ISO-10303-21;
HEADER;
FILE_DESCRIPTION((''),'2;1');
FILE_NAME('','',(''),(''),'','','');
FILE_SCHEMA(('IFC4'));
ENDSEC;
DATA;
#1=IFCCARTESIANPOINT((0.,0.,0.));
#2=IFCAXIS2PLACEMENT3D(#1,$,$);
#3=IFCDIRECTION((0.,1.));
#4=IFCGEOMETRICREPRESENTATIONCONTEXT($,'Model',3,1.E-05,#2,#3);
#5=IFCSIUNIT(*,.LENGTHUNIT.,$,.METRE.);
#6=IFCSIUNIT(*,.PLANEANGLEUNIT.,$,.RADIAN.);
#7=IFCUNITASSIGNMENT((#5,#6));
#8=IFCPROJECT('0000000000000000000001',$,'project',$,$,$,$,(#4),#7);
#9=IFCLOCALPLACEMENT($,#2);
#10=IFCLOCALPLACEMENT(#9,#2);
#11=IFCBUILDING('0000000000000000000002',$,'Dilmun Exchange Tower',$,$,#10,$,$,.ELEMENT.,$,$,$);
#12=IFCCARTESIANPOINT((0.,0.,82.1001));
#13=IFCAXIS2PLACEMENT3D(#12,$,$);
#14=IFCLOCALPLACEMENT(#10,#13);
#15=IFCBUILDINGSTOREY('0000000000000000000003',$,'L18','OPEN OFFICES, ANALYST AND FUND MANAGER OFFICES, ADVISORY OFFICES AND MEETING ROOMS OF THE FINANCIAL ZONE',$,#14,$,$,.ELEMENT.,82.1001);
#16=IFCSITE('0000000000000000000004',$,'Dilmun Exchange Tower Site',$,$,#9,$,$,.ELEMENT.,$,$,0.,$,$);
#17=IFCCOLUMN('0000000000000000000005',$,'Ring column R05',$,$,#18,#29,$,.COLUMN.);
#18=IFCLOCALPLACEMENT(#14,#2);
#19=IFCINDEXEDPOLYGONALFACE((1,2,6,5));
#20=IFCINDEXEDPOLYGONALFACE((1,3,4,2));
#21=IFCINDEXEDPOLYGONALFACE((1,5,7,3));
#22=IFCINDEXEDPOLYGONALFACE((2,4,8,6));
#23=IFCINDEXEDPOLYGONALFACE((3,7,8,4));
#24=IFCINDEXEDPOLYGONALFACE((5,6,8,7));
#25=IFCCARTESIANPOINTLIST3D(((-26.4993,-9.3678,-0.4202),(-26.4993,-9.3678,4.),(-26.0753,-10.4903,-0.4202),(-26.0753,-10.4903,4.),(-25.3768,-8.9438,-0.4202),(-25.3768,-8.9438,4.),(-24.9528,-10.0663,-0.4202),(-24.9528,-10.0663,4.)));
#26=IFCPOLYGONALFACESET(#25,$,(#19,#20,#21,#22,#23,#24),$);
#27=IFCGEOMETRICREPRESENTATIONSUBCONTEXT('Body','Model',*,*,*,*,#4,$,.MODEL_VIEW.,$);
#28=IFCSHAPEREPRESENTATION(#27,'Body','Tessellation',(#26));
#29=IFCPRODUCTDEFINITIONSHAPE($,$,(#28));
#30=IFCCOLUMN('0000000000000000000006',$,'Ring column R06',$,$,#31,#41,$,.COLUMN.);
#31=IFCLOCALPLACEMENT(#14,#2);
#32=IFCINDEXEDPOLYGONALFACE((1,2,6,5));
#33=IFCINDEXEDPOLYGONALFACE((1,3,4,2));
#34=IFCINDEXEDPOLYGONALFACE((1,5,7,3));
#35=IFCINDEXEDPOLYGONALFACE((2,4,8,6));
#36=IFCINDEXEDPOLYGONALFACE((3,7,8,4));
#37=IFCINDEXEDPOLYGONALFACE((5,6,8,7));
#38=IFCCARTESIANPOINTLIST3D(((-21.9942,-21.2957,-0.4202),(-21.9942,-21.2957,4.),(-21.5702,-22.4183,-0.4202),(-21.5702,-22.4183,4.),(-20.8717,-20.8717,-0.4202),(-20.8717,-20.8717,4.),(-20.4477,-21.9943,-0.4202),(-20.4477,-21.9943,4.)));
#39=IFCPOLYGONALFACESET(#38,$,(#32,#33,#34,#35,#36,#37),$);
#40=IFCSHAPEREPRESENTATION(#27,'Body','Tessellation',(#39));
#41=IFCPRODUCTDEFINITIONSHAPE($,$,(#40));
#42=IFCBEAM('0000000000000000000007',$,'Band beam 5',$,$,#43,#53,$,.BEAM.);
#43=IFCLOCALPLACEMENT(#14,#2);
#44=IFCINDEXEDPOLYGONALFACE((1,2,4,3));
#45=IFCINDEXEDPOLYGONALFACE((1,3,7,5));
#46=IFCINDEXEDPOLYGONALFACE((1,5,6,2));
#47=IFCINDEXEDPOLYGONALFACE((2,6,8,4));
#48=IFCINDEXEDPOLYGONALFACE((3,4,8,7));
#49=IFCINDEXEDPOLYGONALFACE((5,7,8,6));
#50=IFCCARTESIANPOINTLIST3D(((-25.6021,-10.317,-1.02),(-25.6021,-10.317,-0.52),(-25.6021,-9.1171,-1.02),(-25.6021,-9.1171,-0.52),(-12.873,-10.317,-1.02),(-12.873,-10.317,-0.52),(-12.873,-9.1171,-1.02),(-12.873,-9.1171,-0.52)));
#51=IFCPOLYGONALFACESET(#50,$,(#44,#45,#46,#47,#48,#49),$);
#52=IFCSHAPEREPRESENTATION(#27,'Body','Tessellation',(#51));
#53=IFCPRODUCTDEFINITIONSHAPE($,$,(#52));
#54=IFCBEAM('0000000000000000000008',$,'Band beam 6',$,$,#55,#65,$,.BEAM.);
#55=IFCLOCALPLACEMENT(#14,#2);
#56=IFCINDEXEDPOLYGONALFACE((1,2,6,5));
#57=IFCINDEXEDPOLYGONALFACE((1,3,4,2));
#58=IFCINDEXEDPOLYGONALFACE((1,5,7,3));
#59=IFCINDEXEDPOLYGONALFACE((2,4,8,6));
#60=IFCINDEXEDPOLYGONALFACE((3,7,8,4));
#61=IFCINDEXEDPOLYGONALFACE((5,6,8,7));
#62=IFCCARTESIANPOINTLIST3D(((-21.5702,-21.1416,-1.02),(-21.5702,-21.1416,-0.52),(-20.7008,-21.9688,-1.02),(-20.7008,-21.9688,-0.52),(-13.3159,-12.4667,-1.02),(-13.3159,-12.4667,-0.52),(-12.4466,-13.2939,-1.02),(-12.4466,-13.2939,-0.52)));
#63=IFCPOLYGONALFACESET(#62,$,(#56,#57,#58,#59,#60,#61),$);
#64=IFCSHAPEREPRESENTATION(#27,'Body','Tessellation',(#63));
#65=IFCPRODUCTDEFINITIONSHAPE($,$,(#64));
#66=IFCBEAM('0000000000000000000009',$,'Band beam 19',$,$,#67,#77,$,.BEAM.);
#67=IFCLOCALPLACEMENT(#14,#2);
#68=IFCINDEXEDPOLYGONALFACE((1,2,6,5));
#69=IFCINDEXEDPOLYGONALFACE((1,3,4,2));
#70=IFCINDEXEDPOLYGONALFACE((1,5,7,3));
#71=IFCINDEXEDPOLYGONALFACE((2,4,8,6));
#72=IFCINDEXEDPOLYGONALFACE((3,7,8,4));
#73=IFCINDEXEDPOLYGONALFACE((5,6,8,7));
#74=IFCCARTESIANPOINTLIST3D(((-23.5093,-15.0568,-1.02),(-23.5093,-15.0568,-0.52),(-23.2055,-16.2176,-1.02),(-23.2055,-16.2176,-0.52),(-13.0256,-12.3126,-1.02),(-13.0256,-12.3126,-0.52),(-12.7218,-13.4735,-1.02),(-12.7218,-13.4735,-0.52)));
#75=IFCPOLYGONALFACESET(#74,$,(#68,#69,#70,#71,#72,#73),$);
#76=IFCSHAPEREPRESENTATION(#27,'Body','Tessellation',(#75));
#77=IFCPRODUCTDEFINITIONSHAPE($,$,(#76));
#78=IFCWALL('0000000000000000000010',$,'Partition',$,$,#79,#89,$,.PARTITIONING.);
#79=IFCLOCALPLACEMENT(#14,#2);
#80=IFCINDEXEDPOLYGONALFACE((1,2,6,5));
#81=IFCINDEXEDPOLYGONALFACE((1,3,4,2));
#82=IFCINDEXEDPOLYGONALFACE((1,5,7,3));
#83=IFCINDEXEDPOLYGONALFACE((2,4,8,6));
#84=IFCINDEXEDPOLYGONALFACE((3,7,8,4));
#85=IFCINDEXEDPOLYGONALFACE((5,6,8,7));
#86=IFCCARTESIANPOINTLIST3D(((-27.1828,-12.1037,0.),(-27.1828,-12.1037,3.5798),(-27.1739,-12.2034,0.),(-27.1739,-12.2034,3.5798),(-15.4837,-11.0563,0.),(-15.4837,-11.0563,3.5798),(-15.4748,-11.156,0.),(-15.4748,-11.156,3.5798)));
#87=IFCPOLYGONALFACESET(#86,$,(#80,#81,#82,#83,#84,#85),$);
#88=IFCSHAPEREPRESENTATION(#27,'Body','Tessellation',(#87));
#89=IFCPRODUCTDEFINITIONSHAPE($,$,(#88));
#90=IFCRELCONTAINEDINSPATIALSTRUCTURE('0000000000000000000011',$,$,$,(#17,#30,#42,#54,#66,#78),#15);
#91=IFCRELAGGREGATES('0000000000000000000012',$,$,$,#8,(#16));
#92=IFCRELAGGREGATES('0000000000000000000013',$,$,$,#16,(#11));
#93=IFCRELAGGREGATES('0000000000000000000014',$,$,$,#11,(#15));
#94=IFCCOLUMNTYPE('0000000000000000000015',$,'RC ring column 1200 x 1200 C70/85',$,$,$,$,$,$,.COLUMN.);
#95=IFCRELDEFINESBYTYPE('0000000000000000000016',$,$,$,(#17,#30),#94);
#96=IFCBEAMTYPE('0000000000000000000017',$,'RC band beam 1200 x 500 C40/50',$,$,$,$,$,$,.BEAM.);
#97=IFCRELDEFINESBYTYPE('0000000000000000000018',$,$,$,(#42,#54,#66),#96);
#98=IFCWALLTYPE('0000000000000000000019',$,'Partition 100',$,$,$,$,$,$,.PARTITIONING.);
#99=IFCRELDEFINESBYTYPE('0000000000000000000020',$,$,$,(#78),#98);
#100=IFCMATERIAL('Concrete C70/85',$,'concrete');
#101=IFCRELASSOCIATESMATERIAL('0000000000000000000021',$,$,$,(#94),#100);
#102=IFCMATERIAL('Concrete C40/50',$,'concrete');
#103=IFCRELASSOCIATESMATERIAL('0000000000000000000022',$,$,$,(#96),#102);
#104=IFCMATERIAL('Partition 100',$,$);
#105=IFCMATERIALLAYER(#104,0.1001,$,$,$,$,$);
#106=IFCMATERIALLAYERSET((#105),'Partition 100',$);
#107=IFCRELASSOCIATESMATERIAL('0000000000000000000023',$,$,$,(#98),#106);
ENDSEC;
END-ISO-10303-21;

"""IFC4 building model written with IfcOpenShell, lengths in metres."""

from ifc_helpers import new_model, si_unit, direction, frame, frame_2d, origin, origin_2d, place, context, subcontext, project, spatial, rectangle, extrude, material, layer, layer_set, material_profile, profile_set, type_object, element, save


model = new_model("IFC4")

# Units and contexts
model_context = context("Model", 3, precision=1e-05, world=origin(), true_north=direction((0.0, 1.0)))
body_context = subcontext(model_context, "Body", "Model", "MODEL_VIEW")
ifc_project = project(units=[si_unit("LENGTHUNIT", "METRE"), si_unit("PLANEANGLEUNIT", "RADIAN")], contexts=[model_context])

# Site, building, storey
site_placement = place(None, origin())
site = spatial("IfcSite", under=ifc_project, at=site_placement, Name="Dilmun Exchange Tower Site", CompositionType="ELEMENT", RefElevation=0.0)
building_placement = place(site_placement, origin())
building = spatial("IfcBuilding", under=site, at=building_placement, Name="Dilmun Exchange Tower", CompositionType="ELEMENT")
storey_placement = place(building_placement, frame((0.0, 0.0, 82.1001)))
storey = spatial("IfcBuildingStorey", under=building, at=storey_placement, Name="L18", Description="OPEN OFFICES, ANALYST AND FUND MANAGER OFFICES, ADVISORY OFFICES AND MEETING ROOMS OF THE FINANCIAL ZONE", CompositionType="ELEMENT", Elevation=82.1001)

# Columns
ifc_material_1 = material(Name="Concrete C70/85", Category="concrete")
ifc_material_profile_1 = material_profile(ifc_material_1, rectangle(XDim=1.2, YDim=1.2, at=origin_2d()), Name="1200 x 1200")
ifc_profile_set_1 = profile_set([ifc_material_profile_1], Name="Concrete C70/85")
column_type = type_object("IfcColumnType", Name="RC ring column 1200 x 1200 C70/85", PredefinedType="COLUMN", material=ifc_profile_set_1)
for number, where, z_axis, x_axis, name in (
    (1, (-25.7261, -9.717, -0.4202), (0.0, 0.0, 1.0), (0.935492, 0.353349, 0.0), "Ring column R05"),
    (2, (-21.2209, -21.645, -0.4202), (0.0, 0.0, 1.0), (0.935492, 0.353349, 0.0), "Ring column R06"),
):
    element("IfcColumn", number, at=place(storey_placement, frame(where, z_axis=z_axis, x_axis=x_axis)), inside=storey, type_object=column_type, Name=name, PredefinedType="COLUMN", context=body_context, shape_type="SweptSolid", body=[
        extrude(rectangle(XDim=1.2, YDim=1.2, at=origin_2d()), origin(), (0.0, 0.0, 1.0), 4.4202),
    ])

# Beams
ifc_material_2 = material(Name="Concrete C40/50", Category="concrete")
ifc_material_profile_2 = material_profile(ifc_material_2, rectangle(XDim=1.2, YDim=0.5, at=origin_2d()), Name="1200 x 500")
ifc_profile_set_2 = profile_set([ifc_material_profile_2], Name="Concrete C40/50")
beam_type = type_object("IfcBeamType", Name="RC band beam 1200 x 500 C40/50", PredefinedType="BEAM", material=ifc_profile_set_2)
beam_1_placement = place(storey_placement, frame((-25.6021, -9.717, -0.77), z_axis=(1.0, 0.0, 0.0), x_axis=(0.0, 1.0, 0.0)))
element("IfcBeam", 3, at=beam_1_placement, inside=storey, type_object=beam_type, Name="Band beam 5", PredefinedType="BEAM", context=body_context, shape_type="SweptSolid", body=[
    extrude(rectangle(XDim=1.2, YDim=0.5, at=origin_2d()), origin(), (0.0, 0.0, 1.0), 12.729),
])
beam_2_placement = place(storey_placement, frame((-21.1355, -21.5552, -0.77), z_axis=(0.689324, 0.724454, 0.0), x_axis=(-0.724454, 0.689324, 0.0)))
element("IfcBeam", 4, at=beam_2_placement, inside=storey, type_object=beam_type, Name="Band beam 6", PredefinedType="BEAM", context=body_context, shape_type="SweptSolid", body=[
    extrude(rectangle(XDim=1.2, YDim=0.5, at=origin_2d()), origin(), (0.0, 0.0, 1.0), 11.9744),
])
beam_3_placement = place(storey_placement, frame((-23.3574, -15.6372, -0.77), z_axis=(0.967408, 0.253223, 0.0), x_axis=(-0.253223, 0.967408, 0.0)))
element("IfcBeam", 5, at=beam_3_placement, inside=storey, type_object=beam_type, Name="Band beam 19", PredefinedType="BEAM", context=body_context, shape_type="SweptSolid", body=[
    extrude(rectangle(XDim=1.2, YDim=0.5, at=origin_2d()), origin(), (0.0, 0.0, 1.0), 10.8369),
])

# Wall
ifc_material_3 = material(Name="Partition 100")
ifc_layer = layer(ifc_material_3, 0.1001)
ifc_layer_set = layer_set([ifc_layer], Name="Partition 100")
wall_type = type_object("IfcWallType", Name="Partition 100", PredefinedType="PARTITIONING", material=ifc_layer_set)
wall_placement = place(storey_placement, frame((-27.1785, -12.1536, 0.0), z_axis=(0.0, 0.0, 1.0), x_axis=(0.996016, 0.089169, 0.0)))
element("IfcWall", 6, at=wall_placement, inside=storey, type_object=wall_type, Name="Partition", PredefinedType="PARTITIONING", context=body_context, shape_type="SweptSolid", body=[
    extrude(rectangle(XDim=11.7458, YDim=0.1001, at=frame_2d((5.873, 0.0))), origin(), (0.0, 0.0, 1.0), 3.5798),
])

save(model, "model.ifc")
